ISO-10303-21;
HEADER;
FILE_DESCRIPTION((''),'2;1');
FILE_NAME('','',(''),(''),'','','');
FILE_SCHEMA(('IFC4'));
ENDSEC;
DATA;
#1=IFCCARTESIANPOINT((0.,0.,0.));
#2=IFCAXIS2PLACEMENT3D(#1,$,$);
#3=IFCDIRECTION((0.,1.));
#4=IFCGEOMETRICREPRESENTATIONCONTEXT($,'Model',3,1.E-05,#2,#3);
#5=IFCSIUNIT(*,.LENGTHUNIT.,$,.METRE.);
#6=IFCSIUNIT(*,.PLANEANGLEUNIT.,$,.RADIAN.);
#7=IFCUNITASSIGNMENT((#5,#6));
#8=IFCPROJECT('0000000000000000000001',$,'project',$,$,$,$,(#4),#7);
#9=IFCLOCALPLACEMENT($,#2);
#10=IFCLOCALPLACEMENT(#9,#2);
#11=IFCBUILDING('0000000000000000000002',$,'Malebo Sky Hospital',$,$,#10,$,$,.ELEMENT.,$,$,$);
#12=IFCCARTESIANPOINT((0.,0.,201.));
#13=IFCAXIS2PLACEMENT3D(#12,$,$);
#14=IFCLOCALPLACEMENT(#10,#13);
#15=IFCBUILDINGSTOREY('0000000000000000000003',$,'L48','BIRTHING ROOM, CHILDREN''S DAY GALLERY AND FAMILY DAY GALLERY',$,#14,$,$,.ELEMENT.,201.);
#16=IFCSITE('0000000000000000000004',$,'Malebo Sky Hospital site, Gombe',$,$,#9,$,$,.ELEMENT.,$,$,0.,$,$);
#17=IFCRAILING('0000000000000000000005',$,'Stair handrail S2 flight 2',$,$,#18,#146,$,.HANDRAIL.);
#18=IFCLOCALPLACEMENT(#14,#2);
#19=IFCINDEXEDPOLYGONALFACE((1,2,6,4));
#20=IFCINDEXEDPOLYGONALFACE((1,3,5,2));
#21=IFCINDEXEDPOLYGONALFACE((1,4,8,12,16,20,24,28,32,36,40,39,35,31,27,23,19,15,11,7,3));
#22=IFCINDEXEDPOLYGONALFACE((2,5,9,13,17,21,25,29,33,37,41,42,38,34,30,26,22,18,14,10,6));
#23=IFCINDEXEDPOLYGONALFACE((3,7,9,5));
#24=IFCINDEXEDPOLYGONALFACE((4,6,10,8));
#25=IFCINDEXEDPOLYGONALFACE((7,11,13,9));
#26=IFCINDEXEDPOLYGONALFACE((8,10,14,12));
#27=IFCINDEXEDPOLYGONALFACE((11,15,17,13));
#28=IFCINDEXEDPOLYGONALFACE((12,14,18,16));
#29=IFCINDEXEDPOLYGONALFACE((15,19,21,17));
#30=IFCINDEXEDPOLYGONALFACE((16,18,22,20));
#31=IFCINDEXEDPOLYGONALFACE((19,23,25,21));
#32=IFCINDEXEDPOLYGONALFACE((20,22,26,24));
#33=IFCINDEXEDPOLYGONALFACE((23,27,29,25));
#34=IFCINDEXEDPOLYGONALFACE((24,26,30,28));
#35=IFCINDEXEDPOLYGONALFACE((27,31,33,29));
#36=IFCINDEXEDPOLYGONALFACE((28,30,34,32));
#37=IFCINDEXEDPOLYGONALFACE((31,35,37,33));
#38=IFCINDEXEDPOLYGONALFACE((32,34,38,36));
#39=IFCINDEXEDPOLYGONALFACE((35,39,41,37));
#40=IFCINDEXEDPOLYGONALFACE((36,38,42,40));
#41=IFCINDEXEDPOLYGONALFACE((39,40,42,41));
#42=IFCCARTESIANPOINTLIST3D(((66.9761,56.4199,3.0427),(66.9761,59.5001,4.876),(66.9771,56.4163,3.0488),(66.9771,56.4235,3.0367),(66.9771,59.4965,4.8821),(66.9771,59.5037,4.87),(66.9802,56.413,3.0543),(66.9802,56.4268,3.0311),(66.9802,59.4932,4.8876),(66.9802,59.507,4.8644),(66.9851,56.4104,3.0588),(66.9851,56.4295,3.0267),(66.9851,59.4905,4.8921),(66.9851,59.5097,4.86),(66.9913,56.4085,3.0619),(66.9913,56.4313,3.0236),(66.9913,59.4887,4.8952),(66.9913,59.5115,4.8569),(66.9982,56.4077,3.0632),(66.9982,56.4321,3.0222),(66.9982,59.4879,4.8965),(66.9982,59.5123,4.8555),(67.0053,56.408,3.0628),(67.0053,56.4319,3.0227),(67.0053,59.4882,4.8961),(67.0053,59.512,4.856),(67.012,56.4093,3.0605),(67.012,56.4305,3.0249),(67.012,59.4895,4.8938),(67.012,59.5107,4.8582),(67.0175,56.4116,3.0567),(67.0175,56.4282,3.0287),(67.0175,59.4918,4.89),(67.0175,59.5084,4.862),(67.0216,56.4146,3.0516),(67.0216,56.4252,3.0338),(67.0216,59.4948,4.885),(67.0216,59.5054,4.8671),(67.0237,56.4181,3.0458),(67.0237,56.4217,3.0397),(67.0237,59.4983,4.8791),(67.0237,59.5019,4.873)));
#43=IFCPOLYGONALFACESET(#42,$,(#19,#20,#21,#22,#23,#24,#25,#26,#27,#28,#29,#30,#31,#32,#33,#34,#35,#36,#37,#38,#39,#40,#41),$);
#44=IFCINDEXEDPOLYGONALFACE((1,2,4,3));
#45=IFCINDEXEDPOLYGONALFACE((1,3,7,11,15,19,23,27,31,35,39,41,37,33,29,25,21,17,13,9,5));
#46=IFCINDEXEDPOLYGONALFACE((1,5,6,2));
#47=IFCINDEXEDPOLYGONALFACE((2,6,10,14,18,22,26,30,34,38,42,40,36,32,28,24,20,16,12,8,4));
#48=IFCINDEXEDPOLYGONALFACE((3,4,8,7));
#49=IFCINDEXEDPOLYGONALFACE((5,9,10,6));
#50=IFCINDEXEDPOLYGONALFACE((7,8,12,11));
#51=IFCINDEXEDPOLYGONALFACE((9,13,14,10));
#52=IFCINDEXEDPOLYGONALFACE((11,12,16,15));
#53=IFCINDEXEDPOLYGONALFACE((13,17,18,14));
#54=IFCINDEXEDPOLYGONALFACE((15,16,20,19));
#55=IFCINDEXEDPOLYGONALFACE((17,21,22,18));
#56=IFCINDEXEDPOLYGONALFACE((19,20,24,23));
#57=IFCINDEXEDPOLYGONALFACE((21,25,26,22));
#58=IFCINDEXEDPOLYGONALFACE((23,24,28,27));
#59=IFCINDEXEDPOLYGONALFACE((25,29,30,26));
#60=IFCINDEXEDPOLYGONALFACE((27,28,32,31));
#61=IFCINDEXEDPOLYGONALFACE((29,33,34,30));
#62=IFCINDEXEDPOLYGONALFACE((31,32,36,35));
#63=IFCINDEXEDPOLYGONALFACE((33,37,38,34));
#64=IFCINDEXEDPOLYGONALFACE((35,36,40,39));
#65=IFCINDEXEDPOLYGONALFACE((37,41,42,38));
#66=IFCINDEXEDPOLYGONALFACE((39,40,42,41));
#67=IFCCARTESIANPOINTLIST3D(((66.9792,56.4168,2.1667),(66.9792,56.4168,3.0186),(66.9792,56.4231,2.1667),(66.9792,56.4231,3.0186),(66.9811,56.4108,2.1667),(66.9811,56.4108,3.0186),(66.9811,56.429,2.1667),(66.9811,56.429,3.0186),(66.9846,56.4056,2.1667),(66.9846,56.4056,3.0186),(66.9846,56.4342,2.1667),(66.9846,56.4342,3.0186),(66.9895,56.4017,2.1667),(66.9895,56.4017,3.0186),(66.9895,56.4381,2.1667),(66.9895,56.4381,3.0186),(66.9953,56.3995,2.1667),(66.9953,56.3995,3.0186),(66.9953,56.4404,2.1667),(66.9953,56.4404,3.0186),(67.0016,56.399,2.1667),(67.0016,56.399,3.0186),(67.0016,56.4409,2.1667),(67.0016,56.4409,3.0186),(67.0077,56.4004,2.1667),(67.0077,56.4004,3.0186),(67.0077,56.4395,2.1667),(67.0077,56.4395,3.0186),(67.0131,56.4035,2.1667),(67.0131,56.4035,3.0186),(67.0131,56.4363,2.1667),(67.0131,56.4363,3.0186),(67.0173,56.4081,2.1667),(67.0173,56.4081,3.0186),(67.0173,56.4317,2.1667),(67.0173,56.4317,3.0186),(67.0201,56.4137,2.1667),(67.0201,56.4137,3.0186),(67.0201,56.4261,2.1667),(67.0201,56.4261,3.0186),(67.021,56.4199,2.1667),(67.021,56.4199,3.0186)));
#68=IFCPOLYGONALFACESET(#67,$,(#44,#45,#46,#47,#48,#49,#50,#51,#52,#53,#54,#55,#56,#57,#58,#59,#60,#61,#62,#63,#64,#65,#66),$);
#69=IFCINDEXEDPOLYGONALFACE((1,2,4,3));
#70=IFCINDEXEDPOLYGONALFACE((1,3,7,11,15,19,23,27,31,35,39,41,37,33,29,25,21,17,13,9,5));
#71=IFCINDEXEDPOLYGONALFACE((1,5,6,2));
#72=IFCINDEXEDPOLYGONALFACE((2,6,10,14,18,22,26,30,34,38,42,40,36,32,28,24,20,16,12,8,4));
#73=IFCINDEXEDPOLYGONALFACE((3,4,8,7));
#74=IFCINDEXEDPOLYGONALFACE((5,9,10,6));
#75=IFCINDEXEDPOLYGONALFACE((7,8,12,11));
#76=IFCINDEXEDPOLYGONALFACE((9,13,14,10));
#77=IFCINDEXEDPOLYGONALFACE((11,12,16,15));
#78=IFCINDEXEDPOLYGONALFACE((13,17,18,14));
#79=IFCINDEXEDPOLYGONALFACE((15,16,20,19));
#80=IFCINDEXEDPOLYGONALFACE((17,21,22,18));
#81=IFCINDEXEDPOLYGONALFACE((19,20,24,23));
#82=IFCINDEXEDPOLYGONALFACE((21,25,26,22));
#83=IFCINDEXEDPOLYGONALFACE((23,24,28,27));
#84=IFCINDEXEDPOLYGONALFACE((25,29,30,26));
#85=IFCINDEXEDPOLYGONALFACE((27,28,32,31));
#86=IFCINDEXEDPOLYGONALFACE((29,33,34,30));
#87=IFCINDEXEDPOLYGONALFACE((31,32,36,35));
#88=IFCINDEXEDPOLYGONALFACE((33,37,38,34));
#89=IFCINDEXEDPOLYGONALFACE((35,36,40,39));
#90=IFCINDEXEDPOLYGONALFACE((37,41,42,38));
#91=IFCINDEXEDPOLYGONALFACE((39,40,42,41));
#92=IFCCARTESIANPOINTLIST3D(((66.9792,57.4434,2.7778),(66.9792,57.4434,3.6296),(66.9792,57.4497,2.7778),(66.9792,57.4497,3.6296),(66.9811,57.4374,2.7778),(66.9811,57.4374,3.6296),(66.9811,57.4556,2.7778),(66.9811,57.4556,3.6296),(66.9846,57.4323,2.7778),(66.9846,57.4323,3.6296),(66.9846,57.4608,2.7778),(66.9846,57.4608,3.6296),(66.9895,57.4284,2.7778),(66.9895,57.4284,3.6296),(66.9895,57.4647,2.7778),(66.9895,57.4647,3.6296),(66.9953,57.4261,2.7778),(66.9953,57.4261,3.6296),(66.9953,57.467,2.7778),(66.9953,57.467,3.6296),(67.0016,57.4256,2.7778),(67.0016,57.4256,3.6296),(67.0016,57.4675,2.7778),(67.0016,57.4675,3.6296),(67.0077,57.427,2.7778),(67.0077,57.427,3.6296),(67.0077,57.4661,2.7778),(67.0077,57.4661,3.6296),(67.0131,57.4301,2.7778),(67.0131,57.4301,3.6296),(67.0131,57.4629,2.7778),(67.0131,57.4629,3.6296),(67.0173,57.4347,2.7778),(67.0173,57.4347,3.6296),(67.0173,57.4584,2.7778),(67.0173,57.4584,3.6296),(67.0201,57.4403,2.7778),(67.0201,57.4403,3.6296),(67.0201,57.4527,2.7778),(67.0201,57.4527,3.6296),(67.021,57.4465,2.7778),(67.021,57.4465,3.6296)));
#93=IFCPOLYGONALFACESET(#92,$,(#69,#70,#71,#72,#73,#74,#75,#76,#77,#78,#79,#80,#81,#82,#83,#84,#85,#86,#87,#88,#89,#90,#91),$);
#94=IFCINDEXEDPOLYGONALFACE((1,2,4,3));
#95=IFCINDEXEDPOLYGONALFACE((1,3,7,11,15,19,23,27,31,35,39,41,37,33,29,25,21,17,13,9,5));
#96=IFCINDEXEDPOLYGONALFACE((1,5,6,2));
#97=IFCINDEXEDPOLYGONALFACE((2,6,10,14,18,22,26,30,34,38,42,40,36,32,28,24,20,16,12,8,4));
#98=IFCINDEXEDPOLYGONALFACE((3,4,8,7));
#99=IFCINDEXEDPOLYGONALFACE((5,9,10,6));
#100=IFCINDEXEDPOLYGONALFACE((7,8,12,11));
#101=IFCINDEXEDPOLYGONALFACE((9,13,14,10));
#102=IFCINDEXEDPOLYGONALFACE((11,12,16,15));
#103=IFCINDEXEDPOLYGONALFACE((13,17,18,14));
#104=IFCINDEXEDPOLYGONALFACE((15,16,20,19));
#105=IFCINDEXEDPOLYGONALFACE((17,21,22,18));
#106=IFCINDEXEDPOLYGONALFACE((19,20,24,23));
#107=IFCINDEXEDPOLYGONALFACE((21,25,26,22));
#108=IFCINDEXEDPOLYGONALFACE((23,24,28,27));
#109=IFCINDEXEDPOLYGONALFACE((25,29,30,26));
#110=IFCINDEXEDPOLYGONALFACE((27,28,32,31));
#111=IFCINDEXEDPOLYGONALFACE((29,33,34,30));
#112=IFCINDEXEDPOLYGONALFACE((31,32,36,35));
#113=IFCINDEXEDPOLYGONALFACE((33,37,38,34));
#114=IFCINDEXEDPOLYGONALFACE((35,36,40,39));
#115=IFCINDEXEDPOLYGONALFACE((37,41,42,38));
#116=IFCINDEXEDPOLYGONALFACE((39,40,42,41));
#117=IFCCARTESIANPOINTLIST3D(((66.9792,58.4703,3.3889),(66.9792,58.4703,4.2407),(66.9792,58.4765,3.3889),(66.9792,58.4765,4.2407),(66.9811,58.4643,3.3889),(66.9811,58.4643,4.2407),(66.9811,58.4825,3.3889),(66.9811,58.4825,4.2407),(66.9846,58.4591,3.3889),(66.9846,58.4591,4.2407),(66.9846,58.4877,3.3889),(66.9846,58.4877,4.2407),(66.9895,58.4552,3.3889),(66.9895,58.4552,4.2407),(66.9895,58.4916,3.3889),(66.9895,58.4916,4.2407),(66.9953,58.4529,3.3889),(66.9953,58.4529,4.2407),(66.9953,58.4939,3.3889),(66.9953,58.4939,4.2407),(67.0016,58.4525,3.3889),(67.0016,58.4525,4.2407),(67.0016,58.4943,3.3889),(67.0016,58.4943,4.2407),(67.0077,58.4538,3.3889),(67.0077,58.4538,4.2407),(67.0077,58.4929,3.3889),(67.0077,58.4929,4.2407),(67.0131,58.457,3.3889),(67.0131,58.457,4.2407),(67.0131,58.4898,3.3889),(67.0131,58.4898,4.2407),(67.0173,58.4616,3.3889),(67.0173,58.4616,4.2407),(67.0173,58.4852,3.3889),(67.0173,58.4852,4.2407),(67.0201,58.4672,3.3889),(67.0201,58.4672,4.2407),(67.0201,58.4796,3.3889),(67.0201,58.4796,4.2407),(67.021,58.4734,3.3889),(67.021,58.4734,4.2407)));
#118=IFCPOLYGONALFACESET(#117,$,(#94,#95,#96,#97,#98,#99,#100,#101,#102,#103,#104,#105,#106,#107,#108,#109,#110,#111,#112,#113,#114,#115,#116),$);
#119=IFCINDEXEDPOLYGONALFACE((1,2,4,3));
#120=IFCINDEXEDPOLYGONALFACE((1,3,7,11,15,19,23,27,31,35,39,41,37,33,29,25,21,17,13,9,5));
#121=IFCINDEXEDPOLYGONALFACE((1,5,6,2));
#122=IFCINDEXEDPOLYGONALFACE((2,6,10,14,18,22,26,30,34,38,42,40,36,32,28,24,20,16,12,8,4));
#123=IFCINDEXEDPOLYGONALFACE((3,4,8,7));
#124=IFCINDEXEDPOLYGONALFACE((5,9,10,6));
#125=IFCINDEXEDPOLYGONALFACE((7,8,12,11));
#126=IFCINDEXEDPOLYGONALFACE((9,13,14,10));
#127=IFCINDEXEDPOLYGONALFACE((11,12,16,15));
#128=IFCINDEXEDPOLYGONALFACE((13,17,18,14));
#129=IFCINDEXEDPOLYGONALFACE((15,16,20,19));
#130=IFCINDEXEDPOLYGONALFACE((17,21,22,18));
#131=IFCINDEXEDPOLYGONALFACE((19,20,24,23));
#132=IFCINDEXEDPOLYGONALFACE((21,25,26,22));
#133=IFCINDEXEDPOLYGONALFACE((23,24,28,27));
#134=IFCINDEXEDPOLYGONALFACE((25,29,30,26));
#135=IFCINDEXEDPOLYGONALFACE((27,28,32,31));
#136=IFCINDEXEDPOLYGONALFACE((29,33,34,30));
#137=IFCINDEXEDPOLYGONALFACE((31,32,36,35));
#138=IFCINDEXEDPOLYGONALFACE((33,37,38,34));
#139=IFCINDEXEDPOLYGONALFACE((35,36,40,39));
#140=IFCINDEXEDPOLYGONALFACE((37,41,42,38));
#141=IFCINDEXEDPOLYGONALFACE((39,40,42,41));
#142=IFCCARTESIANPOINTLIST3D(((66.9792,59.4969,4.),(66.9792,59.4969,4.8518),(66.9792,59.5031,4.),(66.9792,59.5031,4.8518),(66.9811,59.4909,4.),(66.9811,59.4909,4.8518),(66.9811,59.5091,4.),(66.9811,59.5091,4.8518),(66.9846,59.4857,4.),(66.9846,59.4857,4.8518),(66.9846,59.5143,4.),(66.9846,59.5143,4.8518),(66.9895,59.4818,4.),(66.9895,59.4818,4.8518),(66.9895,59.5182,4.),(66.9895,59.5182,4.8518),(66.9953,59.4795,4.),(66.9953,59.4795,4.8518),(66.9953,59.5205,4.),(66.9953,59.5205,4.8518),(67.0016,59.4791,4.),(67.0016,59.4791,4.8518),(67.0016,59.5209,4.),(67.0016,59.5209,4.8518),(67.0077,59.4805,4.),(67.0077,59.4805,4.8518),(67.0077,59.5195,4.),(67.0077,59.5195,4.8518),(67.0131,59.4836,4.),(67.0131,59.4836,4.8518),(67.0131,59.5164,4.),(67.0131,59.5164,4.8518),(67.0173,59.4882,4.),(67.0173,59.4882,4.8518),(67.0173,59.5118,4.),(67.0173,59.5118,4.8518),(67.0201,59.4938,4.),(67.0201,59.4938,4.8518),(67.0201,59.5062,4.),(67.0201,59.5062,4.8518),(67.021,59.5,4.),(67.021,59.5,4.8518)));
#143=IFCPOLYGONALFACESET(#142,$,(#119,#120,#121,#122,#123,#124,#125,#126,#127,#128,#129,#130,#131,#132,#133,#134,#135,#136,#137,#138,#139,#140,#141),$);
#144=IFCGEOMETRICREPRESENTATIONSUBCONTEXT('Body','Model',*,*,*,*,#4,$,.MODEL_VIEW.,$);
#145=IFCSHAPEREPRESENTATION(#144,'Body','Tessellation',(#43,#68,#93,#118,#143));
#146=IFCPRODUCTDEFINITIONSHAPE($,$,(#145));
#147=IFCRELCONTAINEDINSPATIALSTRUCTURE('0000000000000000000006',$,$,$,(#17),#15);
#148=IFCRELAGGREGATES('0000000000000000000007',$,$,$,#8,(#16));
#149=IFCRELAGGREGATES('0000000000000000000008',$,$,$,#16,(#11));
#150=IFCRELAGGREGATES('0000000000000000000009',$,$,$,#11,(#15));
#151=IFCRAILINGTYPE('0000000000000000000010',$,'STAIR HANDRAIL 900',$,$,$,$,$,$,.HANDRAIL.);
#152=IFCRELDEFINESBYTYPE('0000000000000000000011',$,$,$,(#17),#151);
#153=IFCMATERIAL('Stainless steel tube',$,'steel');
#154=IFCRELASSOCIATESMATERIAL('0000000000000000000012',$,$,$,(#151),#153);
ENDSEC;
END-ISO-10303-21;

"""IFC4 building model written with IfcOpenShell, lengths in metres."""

from ifc_helpers import new_model, si_unit, direction, frame, origin, origin_2d, place, context, subcontext, project, spatial, circle, extrude, material, type_object, element, save


model = new_model("IFC4")

# Units and contexts
model_context = context("Model", 3, precision=1e-05, world=origin(), true_north=direction((0.0, 1.0)))
body_context = subcontext(model_context, "Body", "Model", "MODEL_VIEW")
ifc_project = project(units=[si_unit("LENGTHUNIT", "METRE"), si_unit("PLANEANGLEUNIT", "RADIAN")], contexts=[model_context])

# Site, building, storey
site_placement = place(None, origin())
site = spatial("IfcSite", under=ifc_project, at=site_placement, Name="Malebo Sky Hospital site, Gombe", CompositionType="ELEMENT", RefElevation=0.0)
building_placement = place(site_placement, origin())
building = spatial("IfcBuilding", under=site, at=building_placement, Name="Malebo Sky Hospital", CompositionType="ELEMENT")
storey_placement = place(building_placement, frame((0.0, 0.0, 201.0)))
storey = spatial("IfcBuildingStorey", under=building, at=storey_placement, Name="L48", Description="BIRTHING ROOM, CHILDREN'S DAY GALLERY AND FAMILY DAY GALLERY", CompositionType="ELEMENT", Elevation=201.0)

# Railing
ifc_material_1 = material(Name="Stainless steel tube", Category="steel")
railing_type = type_object("IfcRailingType", Name="STAIR HANDRAIL 900", PredefinedType="HANDRAIL", material=ifc_material_1)
railing_1_placement = place(storey_placement, frame((67.0, 56.4199, 2.1667)))
element("IfcRailing", 1, at=railing_1_placement, inside=storey, type_object=railing_type, Name="Stair handrail S2 flight 2", PredefinedType="HANDRAIL", context=body_context, shape_type="SweptSolid", body=[
    extrude(circle(Radius=0.0239, at=origin_2d()), frame((0.0, 0.0, 0.876), z_axis=(0.0, 0.859309, 0.511458), x_axis=(-1.0, 0.0, 0.0)), (0.0, 0.0, 1.0), 3.5845),
    extrude(circle(Radius=0.021, at=origin_2d()), origin(), (0.0, 0.0, 1.0), 0.8518),
    extrude(circle(Radius=0.021, at=origin_2d()), frame((0.0, 1.0266, 0.6111)), (0.0, 0.0, 1.0), 0.8518),
    extrude(circle(Radius=0.021, at=origin_2d()), frame((0.0, 2.0535, 1.2222)), (0.0, 0.0, 1.0), 0.8518),
    extrude(circle(Radius=0.021, at=origin_2d()), frame((0.0, 3.0801, 1.8333)), (0.0, 0.0, 1.0), 0.8518),
])

save(model, "model.ifc")
